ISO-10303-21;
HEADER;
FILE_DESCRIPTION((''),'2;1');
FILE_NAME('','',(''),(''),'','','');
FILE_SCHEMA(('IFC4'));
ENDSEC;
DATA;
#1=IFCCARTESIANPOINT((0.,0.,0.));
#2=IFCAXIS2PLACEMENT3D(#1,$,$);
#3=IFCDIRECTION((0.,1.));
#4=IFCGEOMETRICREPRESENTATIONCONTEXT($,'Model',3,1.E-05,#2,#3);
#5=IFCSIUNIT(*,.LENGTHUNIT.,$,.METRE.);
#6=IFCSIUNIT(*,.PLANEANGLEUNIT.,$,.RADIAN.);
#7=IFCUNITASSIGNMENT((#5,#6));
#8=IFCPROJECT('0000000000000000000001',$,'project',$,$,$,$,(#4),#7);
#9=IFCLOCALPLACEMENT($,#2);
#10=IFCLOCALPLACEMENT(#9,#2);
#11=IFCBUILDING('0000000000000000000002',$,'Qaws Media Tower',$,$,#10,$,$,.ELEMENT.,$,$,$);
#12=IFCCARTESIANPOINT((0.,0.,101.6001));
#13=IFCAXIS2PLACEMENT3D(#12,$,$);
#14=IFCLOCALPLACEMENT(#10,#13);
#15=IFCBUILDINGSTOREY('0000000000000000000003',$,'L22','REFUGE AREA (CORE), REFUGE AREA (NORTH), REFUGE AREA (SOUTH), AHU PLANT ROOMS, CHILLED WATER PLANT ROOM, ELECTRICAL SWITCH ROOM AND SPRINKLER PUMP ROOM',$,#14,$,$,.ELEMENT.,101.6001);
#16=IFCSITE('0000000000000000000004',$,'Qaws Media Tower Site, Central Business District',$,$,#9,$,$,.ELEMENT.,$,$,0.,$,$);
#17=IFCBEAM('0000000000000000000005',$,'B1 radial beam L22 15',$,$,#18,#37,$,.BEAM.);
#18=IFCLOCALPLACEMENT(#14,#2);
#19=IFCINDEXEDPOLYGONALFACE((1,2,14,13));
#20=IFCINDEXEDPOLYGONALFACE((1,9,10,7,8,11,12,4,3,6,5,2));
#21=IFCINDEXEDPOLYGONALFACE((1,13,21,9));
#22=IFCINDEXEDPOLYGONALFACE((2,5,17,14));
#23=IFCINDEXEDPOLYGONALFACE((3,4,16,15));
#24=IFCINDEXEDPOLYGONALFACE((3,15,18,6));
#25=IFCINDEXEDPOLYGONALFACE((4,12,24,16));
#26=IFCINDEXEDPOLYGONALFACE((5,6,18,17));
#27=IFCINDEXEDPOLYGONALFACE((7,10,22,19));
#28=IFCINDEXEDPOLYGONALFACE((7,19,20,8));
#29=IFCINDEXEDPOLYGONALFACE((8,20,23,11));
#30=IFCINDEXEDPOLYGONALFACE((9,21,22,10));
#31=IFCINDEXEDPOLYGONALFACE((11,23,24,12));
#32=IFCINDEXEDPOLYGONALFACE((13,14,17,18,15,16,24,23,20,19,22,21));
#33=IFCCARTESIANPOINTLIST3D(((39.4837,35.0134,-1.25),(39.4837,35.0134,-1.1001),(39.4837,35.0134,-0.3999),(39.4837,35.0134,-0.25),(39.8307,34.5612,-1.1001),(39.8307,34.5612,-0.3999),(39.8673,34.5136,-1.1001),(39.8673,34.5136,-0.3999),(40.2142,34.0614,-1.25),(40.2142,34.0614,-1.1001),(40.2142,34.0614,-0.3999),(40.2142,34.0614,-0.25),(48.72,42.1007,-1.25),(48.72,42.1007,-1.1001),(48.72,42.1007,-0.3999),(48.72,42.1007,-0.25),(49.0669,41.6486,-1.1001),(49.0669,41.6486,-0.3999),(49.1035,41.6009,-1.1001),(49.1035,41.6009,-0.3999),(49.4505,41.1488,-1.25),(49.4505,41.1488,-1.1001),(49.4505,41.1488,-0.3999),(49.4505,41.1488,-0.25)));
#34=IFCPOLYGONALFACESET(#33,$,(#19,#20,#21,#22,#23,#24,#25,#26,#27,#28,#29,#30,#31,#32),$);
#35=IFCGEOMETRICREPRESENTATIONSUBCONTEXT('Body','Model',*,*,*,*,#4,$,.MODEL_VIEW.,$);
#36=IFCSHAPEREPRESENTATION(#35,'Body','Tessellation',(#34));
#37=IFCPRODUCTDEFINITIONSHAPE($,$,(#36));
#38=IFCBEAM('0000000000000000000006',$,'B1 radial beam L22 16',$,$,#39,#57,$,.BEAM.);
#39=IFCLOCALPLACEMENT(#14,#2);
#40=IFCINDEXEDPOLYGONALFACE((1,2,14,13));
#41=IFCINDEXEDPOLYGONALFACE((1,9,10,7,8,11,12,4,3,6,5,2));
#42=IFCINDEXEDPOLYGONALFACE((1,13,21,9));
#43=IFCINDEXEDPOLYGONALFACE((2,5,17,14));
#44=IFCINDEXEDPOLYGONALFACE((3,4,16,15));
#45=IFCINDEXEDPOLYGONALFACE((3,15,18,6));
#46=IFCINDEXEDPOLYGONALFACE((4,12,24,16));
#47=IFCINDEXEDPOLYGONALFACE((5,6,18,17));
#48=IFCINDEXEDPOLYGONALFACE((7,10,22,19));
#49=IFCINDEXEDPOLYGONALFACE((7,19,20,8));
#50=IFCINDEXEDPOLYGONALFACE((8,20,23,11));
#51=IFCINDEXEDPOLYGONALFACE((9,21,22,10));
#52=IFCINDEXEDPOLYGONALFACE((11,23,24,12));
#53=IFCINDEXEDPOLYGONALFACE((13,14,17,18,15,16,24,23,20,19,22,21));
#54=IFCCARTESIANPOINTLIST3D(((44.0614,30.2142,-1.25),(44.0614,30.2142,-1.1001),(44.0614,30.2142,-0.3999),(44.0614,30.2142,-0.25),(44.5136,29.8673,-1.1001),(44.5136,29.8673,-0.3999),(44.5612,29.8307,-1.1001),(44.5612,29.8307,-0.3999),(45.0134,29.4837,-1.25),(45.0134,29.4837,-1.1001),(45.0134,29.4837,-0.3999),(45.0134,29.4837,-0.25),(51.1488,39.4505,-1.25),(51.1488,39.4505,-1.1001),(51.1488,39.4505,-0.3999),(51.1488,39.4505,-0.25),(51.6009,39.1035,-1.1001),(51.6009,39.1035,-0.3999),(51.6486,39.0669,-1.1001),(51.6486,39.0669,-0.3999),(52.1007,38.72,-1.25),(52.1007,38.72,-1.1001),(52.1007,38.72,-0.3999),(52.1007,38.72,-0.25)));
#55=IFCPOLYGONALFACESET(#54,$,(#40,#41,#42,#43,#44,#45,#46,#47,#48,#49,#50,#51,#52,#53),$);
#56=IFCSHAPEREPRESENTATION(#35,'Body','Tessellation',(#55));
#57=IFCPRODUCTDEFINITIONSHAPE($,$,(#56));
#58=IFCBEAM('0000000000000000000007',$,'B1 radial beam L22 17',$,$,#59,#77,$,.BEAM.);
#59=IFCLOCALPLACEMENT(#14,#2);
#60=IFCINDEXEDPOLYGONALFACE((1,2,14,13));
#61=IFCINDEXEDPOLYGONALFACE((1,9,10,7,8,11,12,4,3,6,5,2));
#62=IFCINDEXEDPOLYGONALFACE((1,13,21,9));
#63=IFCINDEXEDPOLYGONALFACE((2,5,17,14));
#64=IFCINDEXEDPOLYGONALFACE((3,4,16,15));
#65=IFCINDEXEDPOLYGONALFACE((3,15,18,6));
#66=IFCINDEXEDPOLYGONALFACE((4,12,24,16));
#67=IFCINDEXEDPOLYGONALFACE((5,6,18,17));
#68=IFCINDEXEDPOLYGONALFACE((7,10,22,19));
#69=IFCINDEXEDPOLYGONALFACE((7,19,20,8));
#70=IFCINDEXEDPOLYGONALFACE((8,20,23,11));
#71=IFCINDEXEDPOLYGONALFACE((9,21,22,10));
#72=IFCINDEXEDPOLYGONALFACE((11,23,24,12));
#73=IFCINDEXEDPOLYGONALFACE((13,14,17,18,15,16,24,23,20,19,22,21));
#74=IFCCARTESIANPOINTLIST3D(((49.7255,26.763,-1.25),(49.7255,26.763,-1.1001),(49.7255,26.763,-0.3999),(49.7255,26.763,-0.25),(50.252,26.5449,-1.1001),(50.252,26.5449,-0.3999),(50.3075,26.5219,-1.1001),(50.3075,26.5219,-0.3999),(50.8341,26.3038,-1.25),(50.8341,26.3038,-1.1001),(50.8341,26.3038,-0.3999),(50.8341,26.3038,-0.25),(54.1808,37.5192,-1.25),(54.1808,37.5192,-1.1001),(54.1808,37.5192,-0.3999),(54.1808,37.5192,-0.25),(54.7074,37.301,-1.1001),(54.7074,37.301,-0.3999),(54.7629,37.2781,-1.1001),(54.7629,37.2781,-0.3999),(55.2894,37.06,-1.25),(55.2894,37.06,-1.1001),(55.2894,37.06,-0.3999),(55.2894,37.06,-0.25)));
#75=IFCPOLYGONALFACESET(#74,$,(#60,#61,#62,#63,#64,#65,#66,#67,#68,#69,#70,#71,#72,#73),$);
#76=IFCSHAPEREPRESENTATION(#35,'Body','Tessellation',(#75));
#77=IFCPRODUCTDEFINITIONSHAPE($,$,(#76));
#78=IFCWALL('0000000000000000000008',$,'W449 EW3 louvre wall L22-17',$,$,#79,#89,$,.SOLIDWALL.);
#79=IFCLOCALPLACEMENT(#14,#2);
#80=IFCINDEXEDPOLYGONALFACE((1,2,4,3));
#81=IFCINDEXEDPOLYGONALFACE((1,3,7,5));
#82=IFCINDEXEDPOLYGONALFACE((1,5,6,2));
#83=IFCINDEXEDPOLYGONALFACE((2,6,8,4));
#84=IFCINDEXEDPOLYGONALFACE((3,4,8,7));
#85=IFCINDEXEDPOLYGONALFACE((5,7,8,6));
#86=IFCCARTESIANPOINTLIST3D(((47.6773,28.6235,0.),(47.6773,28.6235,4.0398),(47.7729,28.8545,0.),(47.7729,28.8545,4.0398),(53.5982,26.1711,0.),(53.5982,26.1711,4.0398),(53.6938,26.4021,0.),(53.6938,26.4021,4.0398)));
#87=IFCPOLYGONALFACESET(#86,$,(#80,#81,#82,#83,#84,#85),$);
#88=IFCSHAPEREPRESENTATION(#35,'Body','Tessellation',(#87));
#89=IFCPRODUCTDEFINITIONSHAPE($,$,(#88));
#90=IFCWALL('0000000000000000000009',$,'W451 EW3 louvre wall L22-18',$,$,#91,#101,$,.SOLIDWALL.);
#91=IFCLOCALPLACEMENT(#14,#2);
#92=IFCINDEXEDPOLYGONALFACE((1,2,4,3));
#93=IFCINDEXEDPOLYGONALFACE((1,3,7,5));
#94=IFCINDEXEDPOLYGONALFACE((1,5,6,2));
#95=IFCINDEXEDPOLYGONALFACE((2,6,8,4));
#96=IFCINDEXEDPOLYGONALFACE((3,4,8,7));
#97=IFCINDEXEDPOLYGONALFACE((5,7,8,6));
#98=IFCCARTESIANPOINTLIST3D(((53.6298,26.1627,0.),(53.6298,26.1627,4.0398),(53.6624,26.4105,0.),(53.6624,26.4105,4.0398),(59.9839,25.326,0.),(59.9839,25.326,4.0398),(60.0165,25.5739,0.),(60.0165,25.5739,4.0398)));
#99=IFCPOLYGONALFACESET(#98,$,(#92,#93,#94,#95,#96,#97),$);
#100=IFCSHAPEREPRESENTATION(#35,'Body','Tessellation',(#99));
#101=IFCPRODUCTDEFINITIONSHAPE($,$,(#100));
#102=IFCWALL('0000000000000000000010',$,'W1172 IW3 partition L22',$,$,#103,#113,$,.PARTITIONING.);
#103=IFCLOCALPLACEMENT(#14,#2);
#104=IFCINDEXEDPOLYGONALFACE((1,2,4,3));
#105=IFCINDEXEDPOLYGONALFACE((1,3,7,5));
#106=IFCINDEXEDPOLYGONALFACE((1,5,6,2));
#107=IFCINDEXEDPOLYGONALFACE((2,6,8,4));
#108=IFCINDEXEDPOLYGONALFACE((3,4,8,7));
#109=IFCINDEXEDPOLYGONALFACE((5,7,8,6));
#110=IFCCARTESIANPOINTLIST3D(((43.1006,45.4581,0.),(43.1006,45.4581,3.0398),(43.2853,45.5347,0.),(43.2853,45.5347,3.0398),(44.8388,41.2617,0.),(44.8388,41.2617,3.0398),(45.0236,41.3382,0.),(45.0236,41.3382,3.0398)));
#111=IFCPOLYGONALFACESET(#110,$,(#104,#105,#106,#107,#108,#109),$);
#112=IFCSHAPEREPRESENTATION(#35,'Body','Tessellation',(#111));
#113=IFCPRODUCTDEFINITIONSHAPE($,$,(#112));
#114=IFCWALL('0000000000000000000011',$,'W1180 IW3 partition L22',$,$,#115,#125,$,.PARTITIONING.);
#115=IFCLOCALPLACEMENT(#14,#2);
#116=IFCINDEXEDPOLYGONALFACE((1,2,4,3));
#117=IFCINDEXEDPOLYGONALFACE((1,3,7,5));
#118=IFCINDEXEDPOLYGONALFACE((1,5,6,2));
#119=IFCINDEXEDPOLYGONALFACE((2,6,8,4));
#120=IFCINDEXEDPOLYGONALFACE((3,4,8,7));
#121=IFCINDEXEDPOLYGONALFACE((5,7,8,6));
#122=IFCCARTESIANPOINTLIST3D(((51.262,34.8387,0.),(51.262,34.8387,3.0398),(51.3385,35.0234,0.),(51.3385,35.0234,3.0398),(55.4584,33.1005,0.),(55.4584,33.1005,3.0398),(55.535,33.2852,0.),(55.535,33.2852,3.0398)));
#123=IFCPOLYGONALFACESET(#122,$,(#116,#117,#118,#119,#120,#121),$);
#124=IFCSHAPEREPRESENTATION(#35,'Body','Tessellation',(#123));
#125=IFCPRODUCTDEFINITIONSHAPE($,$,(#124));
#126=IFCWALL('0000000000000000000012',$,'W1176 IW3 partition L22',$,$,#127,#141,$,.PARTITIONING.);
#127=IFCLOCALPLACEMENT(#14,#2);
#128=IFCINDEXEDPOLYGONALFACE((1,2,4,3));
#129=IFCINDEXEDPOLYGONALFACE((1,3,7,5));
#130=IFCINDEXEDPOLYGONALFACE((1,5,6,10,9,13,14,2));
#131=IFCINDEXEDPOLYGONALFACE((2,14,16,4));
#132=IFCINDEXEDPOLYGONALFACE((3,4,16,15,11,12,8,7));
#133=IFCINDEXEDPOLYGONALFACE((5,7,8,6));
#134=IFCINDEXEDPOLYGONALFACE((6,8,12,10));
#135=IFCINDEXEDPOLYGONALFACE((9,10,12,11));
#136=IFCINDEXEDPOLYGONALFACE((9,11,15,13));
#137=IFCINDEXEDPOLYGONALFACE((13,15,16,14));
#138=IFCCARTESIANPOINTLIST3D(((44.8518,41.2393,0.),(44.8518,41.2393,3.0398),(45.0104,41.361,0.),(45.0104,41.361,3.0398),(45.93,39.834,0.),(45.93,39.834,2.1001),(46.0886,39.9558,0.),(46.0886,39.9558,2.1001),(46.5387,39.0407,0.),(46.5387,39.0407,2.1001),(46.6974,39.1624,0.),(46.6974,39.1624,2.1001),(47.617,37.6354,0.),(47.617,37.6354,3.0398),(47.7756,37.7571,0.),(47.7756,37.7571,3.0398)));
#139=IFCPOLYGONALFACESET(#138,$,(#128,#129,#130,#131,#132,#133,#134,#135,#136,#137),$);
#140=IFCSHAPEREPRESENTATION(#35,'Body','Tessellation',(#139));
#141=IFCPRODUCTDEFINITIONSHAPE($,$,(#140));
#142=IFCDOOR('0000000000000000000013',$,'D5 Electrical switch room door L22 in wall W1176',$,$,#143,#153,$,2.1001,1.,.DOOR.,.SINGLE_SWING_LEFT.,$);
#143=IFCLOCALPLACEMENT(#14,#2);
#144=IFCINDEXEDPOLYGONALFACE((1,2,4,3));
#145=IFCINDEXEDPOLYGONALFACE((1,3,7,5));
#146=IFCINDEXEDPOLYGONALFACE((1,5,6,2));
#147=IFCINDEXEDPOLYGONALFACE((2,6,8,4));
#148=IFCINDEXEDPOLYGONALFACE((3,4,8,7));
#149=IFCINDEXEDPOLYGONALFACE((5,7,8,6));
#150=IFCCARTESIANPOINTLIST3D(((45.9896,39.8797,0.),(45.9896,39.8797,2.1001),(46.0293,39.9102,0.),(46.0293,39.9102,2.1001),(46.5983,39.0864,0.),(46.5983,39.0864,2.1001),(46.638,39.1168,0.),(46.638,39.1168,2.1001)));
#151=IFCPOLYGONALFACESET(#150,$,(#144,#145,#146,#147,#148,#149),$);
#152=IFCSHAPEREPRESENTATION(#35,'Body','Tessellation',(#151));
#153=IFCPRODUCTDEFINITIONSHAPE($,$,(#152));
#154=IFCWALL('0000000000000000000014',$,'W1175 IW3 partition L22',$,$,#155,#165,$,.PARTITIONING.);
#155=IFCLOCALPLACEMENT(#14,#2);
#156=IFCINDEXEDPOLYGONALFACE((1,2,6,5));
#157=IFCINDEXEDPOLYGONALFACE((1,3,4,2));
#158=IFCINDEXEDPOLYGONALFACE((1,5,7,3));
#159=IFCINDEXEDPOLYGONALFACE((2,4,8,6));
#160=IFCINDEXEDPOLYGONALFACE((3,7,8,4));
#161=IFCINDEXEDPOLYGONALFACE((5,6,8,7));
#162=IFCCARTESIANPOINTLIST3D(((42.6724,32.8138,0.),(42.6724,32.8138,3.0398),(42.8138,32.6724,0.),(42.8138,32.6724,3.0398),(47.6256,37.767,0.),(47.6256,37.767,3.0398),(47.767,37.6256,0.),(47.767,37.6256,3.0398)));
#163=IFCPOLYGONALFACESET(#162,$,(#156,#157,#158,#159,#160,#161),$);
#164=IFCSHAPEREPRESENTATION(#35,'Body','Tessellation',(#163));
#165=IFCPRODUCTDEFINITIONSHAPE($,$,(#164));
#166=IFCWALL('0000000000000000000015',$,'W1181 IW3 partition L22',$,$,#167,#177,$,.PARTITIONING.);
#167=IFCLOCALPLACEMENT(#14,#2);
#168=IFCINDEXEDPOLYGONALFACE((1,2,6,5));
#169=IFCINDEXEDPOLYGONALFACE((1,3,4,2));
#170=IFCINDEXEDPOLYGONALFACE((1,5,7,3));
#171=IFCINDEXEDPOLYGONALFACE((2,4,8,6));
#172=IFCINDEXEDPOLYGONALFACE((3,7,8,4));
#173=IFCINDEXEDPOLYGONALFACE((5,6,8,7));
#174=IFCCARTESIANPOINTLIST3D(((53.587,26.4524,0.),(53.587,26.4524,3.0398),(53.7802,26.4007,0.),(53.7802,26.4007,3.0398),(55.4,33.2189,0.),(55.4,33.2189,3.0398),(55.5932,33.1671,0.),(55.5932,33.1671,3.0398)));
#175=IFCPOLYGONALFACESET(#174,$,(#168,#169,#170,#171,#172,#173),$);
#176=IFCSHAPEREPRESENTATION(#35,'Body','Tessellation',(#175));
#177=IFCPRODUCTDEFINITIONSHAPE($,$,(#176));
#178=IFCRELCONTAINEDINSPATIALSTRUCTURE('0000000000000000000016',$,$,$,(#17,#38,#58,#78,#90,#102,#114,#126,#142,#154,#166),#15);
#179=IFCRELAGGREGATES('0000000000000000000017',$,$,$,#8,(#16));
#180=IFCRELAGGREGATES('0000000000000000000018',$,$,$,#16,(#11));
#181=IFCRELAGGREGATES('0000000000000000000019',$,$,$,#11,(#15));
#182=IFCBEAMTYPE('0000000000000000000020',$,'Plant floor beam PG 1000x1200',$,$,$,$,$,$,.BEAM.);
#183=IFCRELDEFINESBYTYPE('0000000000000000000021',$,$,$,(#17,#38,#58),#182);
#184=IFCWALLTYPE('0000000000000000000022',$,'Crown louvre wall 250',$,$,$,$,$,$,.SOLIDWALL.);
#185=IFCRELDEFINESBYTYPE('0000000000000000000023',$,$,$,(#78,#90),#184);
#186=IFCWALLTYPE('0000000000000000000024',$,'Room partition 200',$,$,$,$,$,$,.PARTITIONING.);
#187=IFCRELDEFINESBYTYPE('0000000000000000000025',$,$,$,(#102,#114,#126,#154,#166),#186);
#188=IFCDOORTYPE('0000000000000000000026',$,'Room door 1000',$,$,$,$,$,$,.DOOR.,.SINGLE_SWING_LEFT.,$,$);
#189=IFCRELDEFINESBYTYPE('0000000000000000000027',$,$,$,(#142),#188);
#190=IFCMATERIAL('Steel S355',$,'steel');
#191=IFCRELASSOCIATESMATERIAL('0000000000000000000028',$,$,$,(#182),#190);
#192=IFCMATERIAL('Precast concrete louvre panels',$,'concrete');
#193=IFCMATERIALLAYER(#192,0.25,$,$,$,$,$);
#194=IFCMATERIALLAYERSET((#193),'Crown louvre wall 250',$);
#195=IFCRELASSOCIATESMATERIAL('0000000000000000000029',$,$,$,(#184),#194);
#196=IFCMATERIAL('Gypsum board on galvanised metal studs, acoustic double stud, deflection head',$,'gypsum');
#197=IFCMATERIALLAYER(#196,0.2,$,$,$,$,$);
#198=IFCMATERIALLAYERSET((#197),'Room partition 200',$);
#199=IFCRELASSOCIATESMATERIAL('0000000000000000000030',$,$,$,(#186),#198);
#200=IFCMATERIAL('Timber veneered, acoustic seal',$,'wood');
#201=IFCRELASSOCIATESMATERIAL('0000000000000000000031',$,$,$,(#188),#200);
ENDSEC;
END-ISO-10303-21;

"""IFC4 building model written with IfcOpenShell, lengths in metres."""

from ifc_helpers import new_model, si_unit, direction, frame, frame_2d, origin, origin_2d, place, context, subcontext, project, spatial, rectangle, i_section, extrude, material, layer, layer_set, material_profile, profile_set, type_object, element, fill, save


model = new_model("IFC4")

# Units and contexts
model_context = context("Model", 3, precision=1e-05, world=origin(), true_north=direction((0.0, 1.0)))
body_context = subcontext(model_context, "Body", "Model", "MODEL_VIEW")
ifc_project = project(units=[si_unit("LENGTHUNIT", "METRE"), si_unit("PLANEANGLEUNIT", "RADIAN")], contexts=[model_context])

# Site, building, storey
site_placement = place(None, origin())
site = spatial("IfcSite", under=ifc_project, at=site_placement, Name="Qaws Media Tower Site, Central Business District", CompositionType="ELEMENT", RefElevation=0.0)
building_placement = place(site_placement, origin())
building = spatial("IfcBuilding", under=site, at=building_placement, Name="Qaws Media Tower", CompositionType="ELEMENT")
storey_placement = place(building_placement, frame((0.0, 0.0, 101.6001)))
storey = spatial("IfcBuildingStorey", under=building, at=storey_placement, Name="L22", Description="REFUGE AREA (CORE), REFUGE AREA (NORTH), REFUGE AREA (SOUTH), AHU PLANT ROOMS, CHILLED WATER PLANT ROOM, ELECTRICAL SWITCH ROOM AND SPRINKLER PUMP ROOM", CompositionType="ELEMENT", Elevation=101.6001)

# Beams
ifc_material_1 = material(Name="Steel S355", Category="steel")
ifc_material_profile_1 = material_profile(ifc_material_1, i_section(OverallWidth=1.2, OverallDepth=1.0, WebThickness=0.0601, FlangeThickness=0.1499, at=origin_2d()), Name="PG 1000x1200")
ifc_profile_set_1 = profile_set([ifc_material_profile_1], Name="Steel S355")
beam_type_1 = type_object("IfcBeamType", Name="Plant floor beam PG 1000x1200", PredefinedType="BEAM", material=ifc_profile_set_1)
for number, where, z_axis, x_axis, name in (
    (1, (49.0852, 41.6248, -0.75), (-0.793348, -0.608768, 0.0), (0.608768, -0.793348, 0.0), "B1 radial beam L22 15"),
    (2, (51.6248, 39.0852, -0.75), (-0.608768, -0.793348, 0.0), (0.793348, -0.608768, 0.0), "B1 radial beam L22 16"),
):
    element("IfcBeam", number, at=place(storey_placement, frame(where, z_axis=z_axis, x_axis=x_axis)), inside=storey, type_object=beam_type_1, Name=name, PredefinedType="BEAM", context=body_context, shape_type="SweptSolid", body=[
        extrude(i_section(OverallWidth=1.2, OverallDepth=1.0, WebThickness=0.0601, FlangeThickness=0.1499, at=origin_2d()), origin(), (0.0, 0.0, 1.0), 11.6421),
    ])
beam_1_placement = place(storey_placement, frame((54.7351, 37.2896, -0.75), z_axis=(-0.382683, -0.92388, 0.0), x_axis=(0.92388, -0.382683, 0.0)))
element("IfcBeam", 3, at=beam_1_placement, inside=storey, type_object=beam_type_1, Name="B1 radial beam L22 17", PredefinedType="BEAM", context=body_context, shape_type="SweptSolid", body=[
    extrude(i_section(OverallWidth=1.2, OverallDepth=1.0, WebThickness=0.0601, FlangeThickness=0.1499, at=origin_2d()), origin(), (0.0, 0.0, 1.0), 11.6423),
])

# Walls
ifc_material_2 = material(Name="Precast concrete louvre panels", Category="concrete")
ifc_layer_1 = layer(ifc_material_2, 0.25)
ifc_layer_set_1 = layer_set([ifc_layer_1], Name="Crown louvre wall 250")
wall_type_1 = type_object("IfcWallType", Name="Crown louvre wall 250", PredefinedType="SOLIDWALL", material=ifc_layer_set_1)
wall_1_placement = place(storey_placement, frame((47.7251, 28.739, 0.0), z_axis=(0.0, 0.0, 1.0), x_axis=(0.923886, -0.382667, 0.0)))
element("IfcWall", 4, at=wall_1_placement, inside=storey, type_object=wall_type_1, Name="W449 EW3 louvre wall L22-17", PredefinedType="SOLIDWALL", context=body_context, shape_type="SweptSolid", body=[
    extrude(rectangle(XDim=6.4087, YDim=0.25, at=frame_2d((3.2043, 0.0))), origin(), (0.0, 0.0, 1.0), 4.0398),
])
wall_2_placement = place(storey_placement, frame((53.646, 26.2866, 0.0), z_axis=(0.0, 0.0, 1.0), x_axis=(0.991442, -0.130549, 0.0)))
element("IfcWall", 5, at=wall_2_placement, inside=storey, type_object=wall_type_1, Name="W451 EW3 louvre wall L22-18", PredefinedType="SOLIDWALL", context=body_context, shape_type="SweptSolid", body=[
    extrude(rectangle(XDim=6.4089, YDim=0.25, at=frame_2d((3.2046, 0.0))), origin(), (0.0, 0.0, 1.0), 4.0398),
])
ifc_material_3 = material(Name="Gypsum board on galvanised metal studs, acoustic double stud, deflection head", Category="gypsum")
ifc_layer_2 = layer(ifc_material_3, 0.2)
ifc_layer_set_2 = layer_set([ifc_layer_2], Name="Room partition 200")
wall_type_2 = type_object("IfcWallType", Name="Room partition 200", PredefinedType="PARTITIONING", material=ifc_layer_set_2)
for number, where, z_axis, x_axis, name in (
    (6, (44.9312, 41.3, 0.0), (0.0, 0.0, 1.0), (-0.382687, 0.923878, 0.0), "W1172 IW3 partition L22"),
    (7, (55.4966, 33.1929, 0.0), (0.0, 0.0, 1.0), (-0.923878, 0.382687, 0.0), "W1180 IW3 partition L22"),
):
    element("IfcWall", number, at=place(storey_placement, frame(where, z_axis=z_axis, x_axis=x_axis)), inside=storey, type_object=wall_type_2, Name=name, PredefinedType="PARTITIONING", context=body_context, shape_type="SweptSolid", body=[
        extrude(rectangle(XDim=4.5422, YDim=0.2, at=frame_2d((2.271, 0.0))), origin(), (0.0, 0.0, 1.0), 3.0398),
    ])

# Wall, opening, door
wall_3_placement = place(storey_placement, frame((47.6963, 37.6963, 0.0), z_axis=(0.0, 0.0, 1.0), x_axis=(-0.608744, 0.793367, 0.0)))
wall_3 = element("IfcWall", 8, at=wall_3_placement, inside=storey, type_object=wall_type_2, Name="W1176 IW3 partition L22", PredefinedType="PARTITIONING", context=body_context, shape_type="SweptSolid", body=[
    extrude(rectangle(XDim=4.5425, YDim=0.2, at=frame_2d((2.2712, 0.0))), origin(), (0.0, 0.0, 1.0), 3.0398),
])
opening_1_placement = place(wall_3_placement, frame((1.7712, 0.0, 0.0)))
opening_1 = element("IfcOpeningElement", 9, at=opening_1_placement, cuts=wall_3, PredefinedType="OPENING", context=body_context, shape_type="SweptSolid", body=[
    extrude(rectangle(XDim=1.0, YDim=2.1001, at=frame_2d((0.5, 1.05))), frame((0.0, 0.1099, 0.0), z_axis=(0.0, -1.0, 0.0), x_axis=(1.0, 0.0, 0.0)), (0.0, 0.0, 1.0), 0.22),
])
ifc_material_4 = material(Name="Timber veneered, acoustic seal", Category="wood")
door_type_1 = type_object("IfcDoorType", Name="Room door 1000", OperationType="SINGLE_SWING_LEFT", PredefinedType="DOOR", material=ifc_material_4)
door_1_placement = place(opening_1_placement, origin())
door_1 = element("IfcDoor", 10, at=door_1_placement, inside=storey, type_object=door_type_1, Name="D5 Electrical switch room door L22 in wall W1176", OperationType="SINGLE_SWING_LEFT", OverallHeight=2.1001, OverallWidth=1.0, PredefinedType="DOOR", context=body_context, shape_type="SweptSolid", body=[
    extrude(rectangle(XDim=1.0, YDim=2.1001, at=frame_2d((0.5, 1.05))), frame((0.0, 0.0249, 0.0), z_axis=(0.0, -1.0, 0.0), x_axis=(1.0, 0.0, 0.0)), (0.0, 0.0, 1.0), 0.05),
])
fill(opening_1, door_1)

# Walls
wall_4_placement = place(storey_placement, frame((47.6963, 37.6963, 0.0), z_axis=(0.0, 0.0, 1.0), x_axis=(-0.707107, -0.707107, 0.0)))
element("IfcWall", 11, at=wall_4_placement, inside=storey, type_object=wall_type_2, Name="W1175 IW3 partition L22", PredefinedType="PARTITIONING", context=body_context, shape_type="SweptSolid", body=[
    extrude(rectangle(XDim=7.0049, YDim=0.2, at=frame_2d((3.5024, 0.0))), origin(), (0.0, 0.0, 1.0), 3.0398),
])
wall_5_placement = place(storey_placement, frame((55.4966, 33.1929, 0.0), z_axis=(0.0, 0.0, 1.0), x_axis=(-0.258812, -0.965928, 0.0)))
element("IfcWall", 12, at=wall_5_placement, inside=storey, type_object=wall_type_2, Name="W1181 IW3 partition L22", PredefinedType="PARTITIONING", context=body_context, shape_type="SweptSolid", body=[
    extrude(rectangle(XDim=7.0051, YDim=0.2, at=frame_2d((3.5024, 0.0))), origin(), (0.0, 0.0, 1.0), 3.0398),
])

save(model, "model.ifc")
